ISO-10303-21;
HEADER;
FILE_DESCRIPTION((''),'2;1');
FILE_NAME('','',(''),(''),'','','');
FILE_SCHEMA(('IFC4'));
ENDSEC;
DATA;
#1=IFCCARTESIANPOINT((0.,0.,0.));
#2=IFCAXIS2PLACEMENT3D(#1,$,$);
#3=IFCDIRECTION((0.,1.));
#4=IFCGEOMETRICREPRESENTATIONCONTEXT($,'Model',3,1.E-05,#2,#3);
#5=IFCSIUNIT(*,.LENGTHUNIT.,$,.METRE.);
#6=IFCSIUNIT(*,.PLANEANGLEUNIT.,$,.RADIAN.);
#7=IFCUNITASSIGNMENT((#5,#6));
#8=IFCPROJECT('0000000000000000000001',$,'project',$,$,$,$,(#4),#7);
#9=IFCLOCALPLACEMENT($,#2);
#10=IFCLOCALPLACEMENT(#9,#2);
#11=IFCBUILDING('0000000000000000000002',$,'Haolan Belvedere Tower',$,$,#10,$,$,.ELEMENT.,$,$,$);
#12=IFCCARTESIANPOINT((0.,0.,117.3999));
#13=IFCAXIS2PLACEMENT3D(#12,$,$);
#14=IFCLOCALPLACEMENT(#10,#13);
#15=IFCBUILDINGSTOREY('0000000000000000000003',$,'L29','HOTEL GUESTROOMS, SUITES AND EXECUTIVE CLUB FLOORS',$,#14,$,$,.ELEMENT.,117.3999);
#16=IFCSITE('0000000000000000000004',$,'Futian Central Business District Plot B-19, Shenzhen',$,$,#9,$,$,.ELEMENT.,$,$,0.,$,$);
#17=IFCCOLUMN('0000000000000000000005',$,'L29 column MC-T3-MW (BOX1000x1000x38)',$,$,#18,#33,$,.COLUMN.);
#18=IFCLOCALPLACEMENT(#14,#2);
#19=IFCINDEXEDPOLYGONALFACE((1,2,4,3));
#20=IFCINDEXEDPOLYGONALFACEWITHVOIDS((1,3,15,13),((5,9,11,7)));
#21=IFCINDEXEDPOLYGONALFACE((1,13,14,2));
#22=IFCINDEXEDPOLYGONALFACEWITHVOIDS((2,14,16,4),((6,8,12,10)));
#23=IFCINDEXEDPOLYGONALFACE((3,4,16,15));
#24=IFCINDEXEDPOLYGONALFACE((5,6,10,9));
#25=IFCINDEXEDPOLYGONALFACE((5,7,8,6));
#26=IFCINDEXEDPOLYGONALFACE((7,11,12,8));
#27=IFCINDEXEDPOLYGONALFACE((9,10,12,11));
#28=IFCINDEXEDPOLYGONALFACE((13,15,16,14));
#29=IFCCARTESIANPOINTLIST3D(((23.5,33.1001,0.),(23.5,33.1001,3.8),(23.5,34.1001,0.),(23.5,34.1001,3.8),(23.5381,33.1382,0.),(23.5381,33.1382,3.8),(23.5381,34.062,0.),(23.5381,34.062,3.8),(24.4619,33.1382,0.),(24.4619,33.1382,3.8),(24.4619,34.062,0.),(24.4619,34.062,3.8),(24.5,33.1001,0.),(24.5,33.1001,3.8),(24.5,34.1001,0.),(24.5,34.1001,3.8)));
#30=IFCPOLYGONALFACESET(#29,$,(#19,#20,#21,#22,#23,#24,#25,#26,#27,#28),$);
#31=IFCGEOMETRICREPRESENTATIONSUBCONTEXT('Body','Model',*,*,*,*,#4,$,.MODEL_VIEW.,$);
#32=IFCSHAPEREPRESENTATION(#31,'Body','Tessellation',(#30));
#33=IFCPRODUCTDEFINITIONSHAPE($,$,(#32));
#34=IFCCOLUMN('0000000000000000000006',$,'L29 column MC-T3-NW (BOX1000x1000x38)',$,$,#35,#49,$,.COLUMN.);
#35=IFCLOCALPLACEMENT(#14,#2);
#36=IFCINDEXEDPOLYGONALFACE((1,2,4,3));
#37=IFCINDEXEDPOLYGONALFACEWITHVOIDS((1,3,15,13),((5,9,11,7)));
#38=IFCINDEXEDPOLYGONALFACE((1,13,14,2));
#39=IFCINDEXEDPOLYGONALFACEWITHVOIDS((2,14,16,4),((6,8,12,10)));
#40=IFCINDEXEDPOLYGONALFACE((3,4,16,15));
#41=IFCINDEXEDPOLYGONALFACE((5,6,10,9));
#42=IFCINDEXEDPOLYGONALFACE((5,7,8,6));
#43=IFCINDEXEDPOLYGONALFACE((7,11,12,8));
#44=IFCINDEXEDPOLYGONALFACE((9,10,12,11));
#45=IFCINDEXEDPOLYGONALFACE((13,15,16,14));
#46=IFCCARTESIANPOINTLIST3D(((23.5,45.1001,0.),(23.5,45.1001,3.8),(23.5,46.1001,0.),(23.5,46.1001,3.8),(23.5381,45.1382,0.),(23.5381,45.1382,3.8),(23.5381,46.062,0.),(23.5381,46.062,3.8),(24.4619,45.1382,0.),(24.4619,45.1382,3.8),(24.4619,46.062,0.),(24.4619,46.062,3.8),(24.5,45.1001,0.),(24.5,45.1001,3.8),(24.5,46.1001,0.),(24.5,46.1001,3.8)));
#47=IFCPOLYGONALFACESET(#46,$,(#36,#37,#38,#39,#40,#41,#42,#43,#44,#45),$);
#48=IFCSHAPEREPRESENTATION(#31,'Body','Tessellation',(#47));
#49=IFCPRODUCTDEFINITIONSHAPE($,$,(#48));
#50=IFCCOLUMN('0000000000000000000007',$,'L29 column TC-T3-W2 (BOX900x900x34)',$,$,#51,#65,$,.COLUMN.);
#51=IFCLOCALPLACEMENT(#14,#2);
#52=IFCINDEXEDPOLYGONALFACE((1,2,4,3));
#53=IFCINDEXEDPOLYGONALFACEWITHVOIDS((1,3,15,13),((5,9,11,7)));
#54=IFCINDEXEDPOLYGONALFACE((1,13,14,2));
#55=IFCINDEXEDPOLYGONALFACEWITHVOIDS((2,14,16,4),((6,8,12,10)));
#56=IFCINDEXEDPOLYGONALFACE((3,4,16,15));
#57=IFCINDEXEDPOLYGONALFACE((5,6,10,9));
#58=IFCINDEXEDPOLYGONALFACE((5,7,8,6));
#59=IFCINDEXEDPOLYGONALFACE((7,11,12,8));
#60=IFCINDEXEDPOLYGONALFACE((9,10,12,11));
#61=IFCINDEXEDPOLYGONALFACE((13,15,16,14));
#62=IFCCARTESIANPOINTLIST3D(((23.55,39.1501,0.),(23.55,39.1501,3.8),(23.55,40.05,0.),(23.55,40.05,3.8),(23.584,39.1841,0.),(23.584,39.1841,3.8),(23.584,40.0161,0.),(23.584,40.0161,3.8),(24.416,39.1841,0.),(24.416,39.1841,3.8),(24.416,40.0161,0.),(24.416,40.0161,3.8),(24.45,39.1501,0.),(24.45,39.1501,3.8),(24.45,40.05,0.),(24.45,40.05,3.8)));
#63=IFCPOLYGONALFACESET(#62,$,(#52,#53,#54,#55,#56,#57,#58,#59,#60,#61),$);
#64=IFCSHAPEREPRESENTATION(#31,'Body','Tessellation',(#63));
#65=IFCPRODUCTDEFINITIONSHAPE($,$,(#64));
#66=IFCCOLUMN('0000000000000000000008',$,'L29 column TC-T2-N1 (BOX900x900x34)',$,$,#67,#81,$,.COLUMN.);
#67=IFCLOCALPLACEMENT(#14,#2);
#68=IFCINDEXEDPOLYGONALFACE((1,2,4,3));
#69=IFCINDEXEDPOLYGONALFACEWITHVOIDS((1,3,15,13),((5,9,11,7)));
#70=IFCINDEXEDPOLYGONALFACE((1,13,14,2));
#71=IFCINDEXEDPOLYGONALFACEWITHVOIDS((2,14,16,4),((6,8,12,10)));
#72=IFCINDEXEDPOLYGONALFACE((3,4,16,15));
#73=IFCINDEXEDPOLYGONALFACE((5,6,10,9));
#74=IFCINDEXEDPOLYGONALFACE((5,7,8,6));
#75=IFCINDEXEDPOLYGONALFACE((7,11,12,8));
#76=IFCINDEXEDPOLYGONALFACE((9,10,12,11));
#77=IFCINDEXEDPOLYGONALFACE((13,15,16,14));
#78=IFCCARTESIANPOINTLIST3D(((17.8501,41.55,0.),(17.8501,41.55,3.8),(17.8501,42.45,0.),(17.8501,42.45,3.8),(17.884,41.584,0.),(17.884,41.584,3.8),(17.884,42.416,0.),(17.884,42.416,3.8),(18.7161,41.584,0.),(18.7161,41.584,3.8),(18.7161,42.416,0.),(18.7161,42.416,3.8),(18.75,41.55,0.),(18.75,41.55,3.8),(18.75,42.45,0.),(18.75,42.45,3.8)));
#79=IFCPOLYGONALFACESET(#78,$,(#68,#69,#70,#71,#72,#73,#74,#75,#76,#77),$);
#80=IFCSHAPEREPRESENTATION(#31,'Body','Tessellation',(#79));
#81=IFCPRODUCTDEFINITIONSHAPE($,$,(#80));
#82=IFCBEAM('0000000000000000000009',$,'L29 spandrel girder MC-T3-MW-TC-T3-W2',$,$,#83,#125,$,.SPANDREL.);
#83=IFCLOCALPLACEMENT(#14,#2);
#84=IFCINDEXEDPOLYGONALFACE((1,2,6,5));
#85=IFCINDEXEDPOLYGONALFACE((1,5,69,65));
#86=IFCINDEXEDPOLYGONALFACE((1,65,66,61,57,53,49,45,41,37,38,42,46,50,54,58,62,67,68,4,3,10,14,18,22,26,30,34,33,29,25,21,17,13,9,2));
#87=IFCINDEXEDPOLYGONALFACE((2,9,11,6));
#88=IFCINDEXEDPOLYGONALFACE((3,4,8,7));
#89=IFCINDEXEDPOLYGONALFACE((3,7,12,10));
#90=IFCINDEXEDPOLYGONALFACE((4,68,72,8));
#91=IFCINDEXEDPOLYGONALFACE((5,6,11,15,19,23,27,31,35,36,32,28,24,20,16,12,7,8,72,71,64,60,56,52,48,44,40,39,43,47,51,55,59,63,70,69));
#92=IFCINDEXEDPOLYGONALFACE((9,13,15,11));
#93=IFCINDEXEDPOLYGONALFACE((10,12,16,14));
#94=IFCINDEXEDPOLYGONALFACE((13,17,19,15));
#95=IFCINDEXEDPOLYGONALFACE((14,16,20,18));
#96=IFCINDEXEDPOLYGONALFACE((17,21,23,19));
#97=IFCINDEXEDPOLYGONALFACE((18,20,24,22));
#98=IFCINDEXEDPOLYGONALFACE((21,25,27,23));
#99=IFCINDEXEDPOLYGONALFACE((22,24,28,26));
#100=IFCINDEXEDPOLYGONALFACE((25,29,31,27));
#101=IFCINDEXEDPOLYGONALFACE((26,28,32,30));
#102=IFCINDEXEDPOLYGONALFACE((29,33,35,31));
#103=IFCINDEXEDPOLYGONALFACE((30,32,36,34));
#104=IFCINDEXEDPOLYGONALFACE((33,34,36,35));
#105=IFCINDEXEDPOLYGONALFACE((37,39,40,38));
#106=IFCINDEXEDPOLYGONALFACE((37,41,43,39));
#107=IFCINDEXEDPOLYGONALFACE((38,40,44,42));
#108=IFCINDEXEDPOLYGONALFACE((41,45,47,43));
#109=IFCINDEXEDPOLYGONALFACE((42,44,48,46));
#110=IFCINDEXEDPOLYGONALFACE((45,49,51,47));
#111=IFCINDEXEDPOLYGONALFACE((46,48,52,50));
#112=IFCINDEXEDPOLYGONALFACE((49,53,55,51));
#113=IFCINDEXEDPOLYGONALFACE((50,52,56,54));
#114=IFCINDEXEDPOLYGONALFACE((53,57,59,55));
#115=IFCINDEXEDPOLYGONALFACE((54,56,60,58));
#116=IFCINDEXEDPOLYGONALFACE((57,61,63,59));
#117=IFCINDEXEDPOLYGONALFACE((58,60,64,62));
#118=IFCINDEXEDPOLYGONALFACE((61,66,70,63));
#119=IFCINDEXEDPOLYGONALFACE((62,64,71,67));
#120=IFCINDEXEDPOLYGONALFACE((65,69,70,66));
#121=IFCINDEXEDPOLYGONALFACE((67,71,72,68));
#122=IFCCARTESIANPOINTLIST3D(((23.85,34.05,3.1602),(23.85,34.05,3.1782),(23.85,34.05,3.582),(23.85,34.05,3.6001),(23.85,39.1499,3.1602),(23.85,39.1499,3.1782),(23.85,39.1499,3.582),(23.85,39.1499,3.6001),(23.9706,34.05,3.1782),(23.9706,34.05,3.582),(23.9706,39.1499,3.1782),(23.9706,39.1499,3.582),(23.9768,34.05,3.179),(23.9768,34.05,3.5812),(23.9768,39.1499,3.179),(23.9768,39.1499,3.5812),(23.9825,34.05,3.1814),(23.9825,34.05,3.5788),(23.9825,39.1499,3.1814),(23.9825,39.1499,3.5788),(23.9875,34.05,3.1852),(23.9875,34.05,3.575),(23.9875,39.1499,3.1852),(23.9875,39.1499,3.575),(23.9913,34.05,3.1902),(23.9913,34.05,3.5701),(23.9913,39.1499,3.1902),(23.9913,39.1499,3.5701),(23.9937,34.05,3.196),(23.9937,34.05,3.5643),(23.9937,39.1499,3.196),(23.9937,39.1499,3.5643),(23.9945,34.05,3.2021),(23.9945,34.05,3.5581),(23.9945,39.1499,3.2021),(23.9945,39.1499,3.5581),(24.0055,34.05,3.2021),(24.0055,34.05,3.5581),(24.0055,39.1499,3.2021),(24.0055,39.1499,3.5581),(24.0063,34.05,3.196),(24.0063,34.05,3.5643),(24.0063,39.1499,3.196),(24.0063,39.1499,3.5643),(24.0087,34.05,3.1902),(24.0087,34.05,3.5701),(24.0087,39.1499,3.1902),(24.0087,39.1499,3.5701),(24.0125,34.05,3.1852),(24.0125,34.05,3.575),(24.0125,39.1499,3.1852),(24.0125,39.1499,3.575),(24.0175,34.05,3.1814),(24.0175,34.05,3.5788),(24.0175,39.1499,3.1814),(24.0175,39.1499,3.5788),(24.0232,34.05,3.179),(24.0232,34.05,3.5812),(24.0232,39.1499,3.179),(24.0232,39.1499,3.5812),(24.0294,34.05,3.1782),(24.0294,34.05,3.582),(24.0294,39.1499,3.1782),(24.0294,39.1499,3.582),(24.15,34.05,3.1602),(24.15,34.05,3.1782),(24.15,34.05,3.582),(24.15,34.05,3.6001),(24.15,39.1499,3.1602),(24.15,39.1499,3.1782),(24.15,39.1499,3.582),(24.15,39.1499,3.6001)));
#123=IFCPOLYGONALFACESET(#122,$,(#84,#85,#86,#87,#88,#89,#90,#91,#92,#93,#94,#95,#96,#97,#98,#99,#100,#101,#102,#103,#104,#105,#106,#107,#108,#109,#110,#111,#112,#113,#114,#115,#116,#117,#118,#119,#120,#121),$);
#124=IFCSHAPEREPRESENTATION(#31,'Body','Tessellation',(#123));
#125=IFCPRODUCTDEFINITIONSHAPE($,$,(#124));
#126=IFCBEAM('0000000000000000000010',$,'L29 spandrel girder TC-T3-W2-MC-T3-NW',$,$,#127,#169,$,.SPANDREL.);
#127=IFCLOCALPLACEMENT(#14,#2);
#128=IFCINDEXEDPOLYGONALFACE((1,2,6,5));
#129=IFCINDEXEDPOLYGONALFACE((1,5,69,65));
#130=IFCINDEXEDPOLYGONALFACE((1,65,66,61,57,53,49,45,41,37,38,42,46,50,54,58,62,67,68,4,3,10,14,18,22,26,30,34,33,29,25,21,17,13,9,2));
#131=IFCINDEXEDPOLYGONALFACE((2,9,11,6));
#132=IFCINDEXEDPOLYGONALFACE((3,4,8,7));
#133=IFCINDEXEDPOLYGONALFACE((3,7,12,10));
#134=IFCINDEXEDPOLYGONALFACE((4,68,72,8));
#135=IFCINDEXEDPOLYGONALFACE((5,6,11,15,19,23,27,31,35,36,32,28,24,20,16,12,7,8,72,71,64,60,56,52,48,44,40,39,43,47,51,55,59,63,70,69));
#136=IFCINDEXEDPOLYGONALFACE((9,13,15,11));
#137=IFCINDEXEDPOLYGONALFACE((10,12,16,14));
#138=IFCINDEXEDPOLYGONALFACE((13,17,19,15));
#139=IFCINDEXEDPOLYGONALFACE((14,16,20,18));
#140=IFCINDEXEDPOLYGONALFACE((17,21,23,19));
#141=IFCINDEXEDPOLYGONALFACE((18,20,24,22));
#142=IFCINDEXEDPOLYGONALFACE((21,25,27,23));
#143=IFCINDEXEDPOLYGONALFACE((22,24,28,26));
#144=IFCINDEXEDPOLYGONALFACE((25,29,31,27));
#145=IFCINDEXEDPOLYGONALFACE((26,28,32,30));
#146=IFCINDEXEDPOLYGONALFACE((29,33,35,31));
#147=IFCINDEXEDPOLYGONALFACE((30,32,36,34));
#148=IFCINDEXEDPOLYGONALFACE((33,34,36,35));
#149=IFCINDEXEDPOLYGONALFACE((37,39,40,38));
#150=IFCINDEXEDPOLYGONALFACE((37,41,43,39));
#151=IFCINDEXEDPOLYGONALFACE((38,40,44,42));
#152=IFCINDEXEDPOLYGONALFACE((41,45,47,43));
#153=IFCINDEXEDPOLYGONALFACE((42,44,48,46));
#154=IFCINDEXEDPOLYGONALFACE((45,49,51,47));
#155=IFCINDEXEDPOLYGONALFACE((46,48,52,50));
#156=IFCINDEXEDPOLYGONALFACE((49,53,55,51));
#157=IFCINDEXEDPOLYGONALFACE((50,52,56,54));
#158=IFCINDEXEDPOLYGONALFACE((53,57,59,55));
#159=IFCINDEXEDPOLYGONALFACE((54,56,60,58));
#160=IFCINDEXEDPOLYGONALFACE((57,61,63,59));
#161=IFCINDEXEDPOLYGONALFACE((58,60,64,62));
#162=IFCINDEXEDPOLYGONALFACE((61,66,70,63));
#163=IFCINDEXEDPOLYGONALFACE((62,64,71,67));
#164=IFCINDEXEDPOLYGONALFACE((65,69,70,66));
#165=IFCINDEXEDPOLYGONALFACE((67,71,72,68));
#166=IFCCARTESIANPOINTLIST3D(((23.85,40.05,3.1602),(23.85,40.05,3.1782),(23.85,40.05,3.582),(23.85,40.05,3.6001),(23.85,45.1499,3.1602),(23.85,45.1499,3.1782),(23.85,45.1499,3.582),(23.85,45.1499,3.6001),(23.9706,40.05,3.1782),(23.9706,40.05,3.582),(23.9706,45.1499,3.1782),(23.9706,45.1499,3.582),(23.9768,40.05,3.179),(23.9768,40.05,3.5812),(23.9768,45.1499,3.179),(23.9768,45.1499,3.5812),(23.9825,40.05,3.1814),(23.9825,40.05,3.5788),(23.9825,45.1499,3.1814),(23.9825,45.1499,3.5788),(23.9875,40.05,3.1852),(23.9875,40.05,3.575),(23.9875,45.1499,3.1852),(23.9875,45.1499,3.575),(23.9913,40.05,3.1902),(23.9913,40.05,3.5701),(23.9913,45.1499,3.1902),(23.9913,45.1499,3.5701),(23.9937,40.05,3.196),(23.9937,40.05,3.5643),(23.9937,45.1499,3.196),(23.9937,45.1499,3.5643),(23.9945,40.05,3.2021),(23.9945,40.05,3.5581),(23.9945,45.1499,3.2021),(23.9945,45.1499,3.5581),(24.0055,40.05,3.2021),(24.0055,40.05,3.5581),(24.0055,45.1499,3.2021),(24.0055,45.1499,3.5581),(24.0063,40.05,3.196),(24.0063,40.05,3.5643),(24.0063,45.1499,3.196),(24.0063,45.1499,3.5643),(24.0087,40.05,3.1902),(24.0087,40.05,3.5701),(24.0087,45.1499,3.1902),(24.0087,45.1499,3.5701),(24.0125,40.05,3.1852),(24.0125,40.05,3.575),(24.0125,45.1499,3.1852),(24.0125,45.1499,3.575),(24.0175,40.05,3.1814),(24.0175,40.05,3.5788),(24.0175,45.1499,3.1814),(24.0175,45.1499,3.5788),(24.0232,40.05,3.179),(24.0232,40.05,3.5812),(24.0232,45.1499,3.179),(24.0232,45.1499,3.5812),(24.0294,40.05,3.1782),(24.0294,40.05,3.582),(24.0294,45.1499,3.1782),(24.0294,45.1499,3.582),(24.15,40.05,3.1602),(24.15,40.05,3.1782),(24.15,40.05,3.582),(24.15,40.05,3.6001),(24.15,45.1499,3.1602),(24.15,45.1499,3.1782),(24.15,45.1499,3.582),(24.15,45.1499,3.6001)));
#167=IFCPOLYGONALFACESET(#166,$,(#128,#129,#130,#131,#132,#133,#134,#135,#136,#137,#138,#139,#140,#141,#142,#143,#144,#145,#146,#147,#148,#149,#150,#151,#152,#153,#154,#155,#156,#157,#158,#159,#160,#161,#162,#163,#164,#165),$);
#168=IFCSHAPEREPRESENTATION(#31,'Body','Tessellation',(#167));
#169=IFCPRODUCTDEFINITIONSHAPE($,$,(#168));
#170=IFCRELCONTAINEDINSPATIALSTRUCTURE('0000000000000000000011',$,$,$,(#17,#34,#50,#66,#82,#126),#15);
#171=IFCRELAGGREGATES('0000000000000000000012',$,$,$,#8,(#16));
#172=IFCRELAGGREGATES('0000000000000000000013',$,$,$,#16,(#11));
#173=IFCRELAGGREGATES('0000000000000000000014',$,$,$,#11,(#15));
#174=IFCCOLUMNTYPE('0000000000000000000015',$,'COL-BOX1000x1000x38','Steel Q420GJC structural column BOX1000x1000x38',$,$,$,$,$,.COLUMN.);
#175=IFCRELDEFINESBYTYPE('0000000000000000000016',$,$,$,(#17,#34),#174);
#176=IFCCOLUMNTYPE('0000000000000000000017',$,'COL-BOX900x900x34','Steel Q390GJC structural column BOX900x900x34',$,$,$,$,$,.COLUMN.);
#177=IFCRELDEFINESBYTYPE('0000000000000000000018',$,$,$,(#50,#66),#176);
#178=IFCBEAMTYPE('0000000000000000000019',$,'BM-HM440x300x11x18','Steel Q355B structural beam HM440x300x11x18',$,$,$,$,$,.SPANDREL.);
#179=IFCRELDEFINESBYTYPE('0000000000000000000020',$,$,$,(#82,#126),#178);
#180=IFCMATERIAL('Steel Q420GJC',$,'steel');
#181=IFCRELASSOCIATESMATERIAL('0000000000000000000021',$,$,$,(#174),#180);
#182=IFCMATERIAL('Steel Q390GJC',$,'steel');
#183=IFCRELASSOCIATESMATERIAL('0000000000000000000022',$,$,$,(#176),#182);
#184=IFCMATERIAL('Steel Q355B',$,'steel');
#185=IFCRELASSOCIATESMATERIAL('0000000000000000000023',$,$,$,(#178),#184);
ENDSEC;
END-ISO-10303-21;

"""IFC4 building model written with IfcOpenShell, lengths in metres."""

from ifc_helpers import new_model, si_unit, direction, frame, origin, origin_2d, place, context, subcontext, project, spatial, hollow_rectangle, i_section, extrude, material, material_profile, profile_set, type_object, element, save


model = new_model("IFC4")

# Units and contexts
model_context = context("Model", 3, precision=1e-05, world=origin(), true_north=direction((0.0, 1.0)))
body_context = subcontext(model_context, "Body", "Model", "MODEL_VIEW")
ifc_project = project(units=[si_unit("LENGTHUNIT", "METRE"), si_unit("PLANEANGLEUNIT", "RADIAN")], contexts=[model_context])

# Site, building, storey
site_placement = place(None, origin())
site = spatial("IfcSite", under=ifc_project, at=site_placement, Name="Futian Central Business District Plot B-19, Shenzhen", CompositionType="ELEMENT", RefElevation=0.0)
building_placement = place(site_placement, origin())
building = spatial("IfcBuilding", under=site, at=building_placement, Name="Haolan Belvedere Tower", CompositionType="ELEMENT")
storey_placement = place(building_placement, frame((0.0, 0.0, 117.3999)))
storey = spatial("IfcBuildingStorey", under=building, at=storey_placement, Name="L29", Description="HOTEL GUESTROOMS, SUITES AND EXECUTIVE CLUB FLOORS", CompositionType="ELEMENT", Elevation=117.3999)

# Columns
ifc_material_1 = material(Name="Steel Q420GJC", Category="steel")
ifc_material_profile_1 = material_profile(ifc_material_1, hollow_rectangle(XDim=1.0, YDim=1.0, WallThickness=0.0381, at=origin_2d()), Name="Steel Q420GJC")
ifc_profile_set_1 = profile_set([ifc_material_profile_1], Name="Steel Q420GJC")
column_type_1 = type_object("IfcColumnType", Name="COL-BOX1000x1000x38", Description="Steel Q420GJC structural column BOX1000x1000x38", PredefinedType="COLUMN", material=ifc_profile_set_1)
for number, where, z_axis, x_axis, name in (
    (1, (24.0, 33.6001, 0.0), (0.0, 0.0, 1.0), (1.0, 0.0, 0.0), "L29 column MC-T3-MW (BOX1000x1000x38)"),
    (2, (24.0, 45.6001, 0.0), (0.0, 0.0, 1.0), (1.0, 0.0, 0.0), "L29 column MC-T3-NW (BOX1000x1000x38)"),
):
    element("IfcColumn", number, at=place(storey_placement, frame(where, z_axis=z_axis, x_axis=x_axis)), inside=storey, type_object=column_type_1, Name=name, PredefinedType="COLUMN", context=body_context, shape_type="SweptSolid", body=[
        extrude(hollow_rectangle(XDim=1.0, YDim=1.0, WallThickness=0.0381, at=origin_2d()), origin(), (0.0, 0.0, 1.0), 3.8),
    ])
ifc_material_2 = material(Name="Steel Q390GJC", Category="steel")
ifc_material_profile_2 = material_profile(ifc_material_2, hollow_rectangle(XDim=0.8999, YDim=0.8999, WallThickness=0.0339, at=origin_2d()), Name="Steel Q390GJC")
ifc_profile_set_2 = profile_set([ifc_material_profile_2], Name="Steel Q390GJC")
column_type_2 = type_object("IfcColumnType", Name="COL-BOX900x900x34", Description="Steel Q390GJC structural column BOX900x900x34", PredefinedType="COLUMN", material=ifc_profile_set_2)
for number, where, z_axis, x_axis, name in (
    (3, (24.0, 39.6001, 0.0), (0.0, 0.0, 1.0), (1.0, 0.0, 0.0), "L29 column TC-T3-W2 (BOX900x900x34)"),
    (4, (18.3, 42.0, 0.0), (0.0, 0.0, 1.0), (1.0, 0.0, 0.0), "L29 column TC-T2-N1 (BOX900x900x34)"),
):
    element("IfcColumn", number, at=place(storey_placement, frame(where, z_axis=z_axis, x_axis=x_axis)), inside=storey, type_object=column_type_2, Name=name, PredefinedType="COLUMN", context=body_context, shape_type="SweptSolid", body=[
        extrude(hollow_rectangle(XDim=0.8999, YDim=0.8999, WallThickness=0.0339, at=origin_2d()), origin(), (0.0, 0.0, 1.0), 3.8),
    ])

# Beams
ifc_material_3 = material(Name="Steel Q355B", Category="steel")
ifc_material_profile_3 = material_profile(ifc_material_3, i_section(OverallWidth=0.3, OverallDepth=0.4399, WebThickness=0.011, FlangeThickness=0.0181, FilletRadius=0.0239, at=origin_2d()), Name="Steel Q355B")
ifc_profile_set_3 = profile_set([ifc_material_profile_3], Name="Steel Q355B")
beam_type = type_object("IfcBeamType", Name="BM-HM440x300x11x18", Description="Steel Q355B structural beam HM440x300x11x18", PredefinedType="SPANDREL", material=ifc_profile_set_3)
for number, where, z_axis, x_axis, name in (
    (5, (24.0, 34.05, 3.3801), (0.0, 1.0, 0.0), (-1.0, 0.0, 0.0), "L29 spandrel girder MC-T3-MW-TC-T3-W2"),
    (6, (24.0, 40.05, 3.3801), (0.0, 1.0, 0.0), (-1.0, 0.0, 0.0), "L29 spandrel girder TC-T3-W2-MC-T3-NW"),
):
    element("IfcBeam", number, at=place(storey_placement, frame(where, z_axis=z_axis, x_axis=x_axis)), inside=storey, type_object=beam_type, Name=name, PredefinedType="SPANDREL", context=body_context, shape_type="SweptSolid", body=[
        extrude(i_section(OverallWidth=0.3, OverallDepth=0.4399, WebThickness=0.011, FlangeThickness=0.0181, FilletRadius=0.0239, at=origin_2d()), origin(), (0.0, 0.0, 1.0), 5.0999),
    ])

save(model, "model.ifc")
